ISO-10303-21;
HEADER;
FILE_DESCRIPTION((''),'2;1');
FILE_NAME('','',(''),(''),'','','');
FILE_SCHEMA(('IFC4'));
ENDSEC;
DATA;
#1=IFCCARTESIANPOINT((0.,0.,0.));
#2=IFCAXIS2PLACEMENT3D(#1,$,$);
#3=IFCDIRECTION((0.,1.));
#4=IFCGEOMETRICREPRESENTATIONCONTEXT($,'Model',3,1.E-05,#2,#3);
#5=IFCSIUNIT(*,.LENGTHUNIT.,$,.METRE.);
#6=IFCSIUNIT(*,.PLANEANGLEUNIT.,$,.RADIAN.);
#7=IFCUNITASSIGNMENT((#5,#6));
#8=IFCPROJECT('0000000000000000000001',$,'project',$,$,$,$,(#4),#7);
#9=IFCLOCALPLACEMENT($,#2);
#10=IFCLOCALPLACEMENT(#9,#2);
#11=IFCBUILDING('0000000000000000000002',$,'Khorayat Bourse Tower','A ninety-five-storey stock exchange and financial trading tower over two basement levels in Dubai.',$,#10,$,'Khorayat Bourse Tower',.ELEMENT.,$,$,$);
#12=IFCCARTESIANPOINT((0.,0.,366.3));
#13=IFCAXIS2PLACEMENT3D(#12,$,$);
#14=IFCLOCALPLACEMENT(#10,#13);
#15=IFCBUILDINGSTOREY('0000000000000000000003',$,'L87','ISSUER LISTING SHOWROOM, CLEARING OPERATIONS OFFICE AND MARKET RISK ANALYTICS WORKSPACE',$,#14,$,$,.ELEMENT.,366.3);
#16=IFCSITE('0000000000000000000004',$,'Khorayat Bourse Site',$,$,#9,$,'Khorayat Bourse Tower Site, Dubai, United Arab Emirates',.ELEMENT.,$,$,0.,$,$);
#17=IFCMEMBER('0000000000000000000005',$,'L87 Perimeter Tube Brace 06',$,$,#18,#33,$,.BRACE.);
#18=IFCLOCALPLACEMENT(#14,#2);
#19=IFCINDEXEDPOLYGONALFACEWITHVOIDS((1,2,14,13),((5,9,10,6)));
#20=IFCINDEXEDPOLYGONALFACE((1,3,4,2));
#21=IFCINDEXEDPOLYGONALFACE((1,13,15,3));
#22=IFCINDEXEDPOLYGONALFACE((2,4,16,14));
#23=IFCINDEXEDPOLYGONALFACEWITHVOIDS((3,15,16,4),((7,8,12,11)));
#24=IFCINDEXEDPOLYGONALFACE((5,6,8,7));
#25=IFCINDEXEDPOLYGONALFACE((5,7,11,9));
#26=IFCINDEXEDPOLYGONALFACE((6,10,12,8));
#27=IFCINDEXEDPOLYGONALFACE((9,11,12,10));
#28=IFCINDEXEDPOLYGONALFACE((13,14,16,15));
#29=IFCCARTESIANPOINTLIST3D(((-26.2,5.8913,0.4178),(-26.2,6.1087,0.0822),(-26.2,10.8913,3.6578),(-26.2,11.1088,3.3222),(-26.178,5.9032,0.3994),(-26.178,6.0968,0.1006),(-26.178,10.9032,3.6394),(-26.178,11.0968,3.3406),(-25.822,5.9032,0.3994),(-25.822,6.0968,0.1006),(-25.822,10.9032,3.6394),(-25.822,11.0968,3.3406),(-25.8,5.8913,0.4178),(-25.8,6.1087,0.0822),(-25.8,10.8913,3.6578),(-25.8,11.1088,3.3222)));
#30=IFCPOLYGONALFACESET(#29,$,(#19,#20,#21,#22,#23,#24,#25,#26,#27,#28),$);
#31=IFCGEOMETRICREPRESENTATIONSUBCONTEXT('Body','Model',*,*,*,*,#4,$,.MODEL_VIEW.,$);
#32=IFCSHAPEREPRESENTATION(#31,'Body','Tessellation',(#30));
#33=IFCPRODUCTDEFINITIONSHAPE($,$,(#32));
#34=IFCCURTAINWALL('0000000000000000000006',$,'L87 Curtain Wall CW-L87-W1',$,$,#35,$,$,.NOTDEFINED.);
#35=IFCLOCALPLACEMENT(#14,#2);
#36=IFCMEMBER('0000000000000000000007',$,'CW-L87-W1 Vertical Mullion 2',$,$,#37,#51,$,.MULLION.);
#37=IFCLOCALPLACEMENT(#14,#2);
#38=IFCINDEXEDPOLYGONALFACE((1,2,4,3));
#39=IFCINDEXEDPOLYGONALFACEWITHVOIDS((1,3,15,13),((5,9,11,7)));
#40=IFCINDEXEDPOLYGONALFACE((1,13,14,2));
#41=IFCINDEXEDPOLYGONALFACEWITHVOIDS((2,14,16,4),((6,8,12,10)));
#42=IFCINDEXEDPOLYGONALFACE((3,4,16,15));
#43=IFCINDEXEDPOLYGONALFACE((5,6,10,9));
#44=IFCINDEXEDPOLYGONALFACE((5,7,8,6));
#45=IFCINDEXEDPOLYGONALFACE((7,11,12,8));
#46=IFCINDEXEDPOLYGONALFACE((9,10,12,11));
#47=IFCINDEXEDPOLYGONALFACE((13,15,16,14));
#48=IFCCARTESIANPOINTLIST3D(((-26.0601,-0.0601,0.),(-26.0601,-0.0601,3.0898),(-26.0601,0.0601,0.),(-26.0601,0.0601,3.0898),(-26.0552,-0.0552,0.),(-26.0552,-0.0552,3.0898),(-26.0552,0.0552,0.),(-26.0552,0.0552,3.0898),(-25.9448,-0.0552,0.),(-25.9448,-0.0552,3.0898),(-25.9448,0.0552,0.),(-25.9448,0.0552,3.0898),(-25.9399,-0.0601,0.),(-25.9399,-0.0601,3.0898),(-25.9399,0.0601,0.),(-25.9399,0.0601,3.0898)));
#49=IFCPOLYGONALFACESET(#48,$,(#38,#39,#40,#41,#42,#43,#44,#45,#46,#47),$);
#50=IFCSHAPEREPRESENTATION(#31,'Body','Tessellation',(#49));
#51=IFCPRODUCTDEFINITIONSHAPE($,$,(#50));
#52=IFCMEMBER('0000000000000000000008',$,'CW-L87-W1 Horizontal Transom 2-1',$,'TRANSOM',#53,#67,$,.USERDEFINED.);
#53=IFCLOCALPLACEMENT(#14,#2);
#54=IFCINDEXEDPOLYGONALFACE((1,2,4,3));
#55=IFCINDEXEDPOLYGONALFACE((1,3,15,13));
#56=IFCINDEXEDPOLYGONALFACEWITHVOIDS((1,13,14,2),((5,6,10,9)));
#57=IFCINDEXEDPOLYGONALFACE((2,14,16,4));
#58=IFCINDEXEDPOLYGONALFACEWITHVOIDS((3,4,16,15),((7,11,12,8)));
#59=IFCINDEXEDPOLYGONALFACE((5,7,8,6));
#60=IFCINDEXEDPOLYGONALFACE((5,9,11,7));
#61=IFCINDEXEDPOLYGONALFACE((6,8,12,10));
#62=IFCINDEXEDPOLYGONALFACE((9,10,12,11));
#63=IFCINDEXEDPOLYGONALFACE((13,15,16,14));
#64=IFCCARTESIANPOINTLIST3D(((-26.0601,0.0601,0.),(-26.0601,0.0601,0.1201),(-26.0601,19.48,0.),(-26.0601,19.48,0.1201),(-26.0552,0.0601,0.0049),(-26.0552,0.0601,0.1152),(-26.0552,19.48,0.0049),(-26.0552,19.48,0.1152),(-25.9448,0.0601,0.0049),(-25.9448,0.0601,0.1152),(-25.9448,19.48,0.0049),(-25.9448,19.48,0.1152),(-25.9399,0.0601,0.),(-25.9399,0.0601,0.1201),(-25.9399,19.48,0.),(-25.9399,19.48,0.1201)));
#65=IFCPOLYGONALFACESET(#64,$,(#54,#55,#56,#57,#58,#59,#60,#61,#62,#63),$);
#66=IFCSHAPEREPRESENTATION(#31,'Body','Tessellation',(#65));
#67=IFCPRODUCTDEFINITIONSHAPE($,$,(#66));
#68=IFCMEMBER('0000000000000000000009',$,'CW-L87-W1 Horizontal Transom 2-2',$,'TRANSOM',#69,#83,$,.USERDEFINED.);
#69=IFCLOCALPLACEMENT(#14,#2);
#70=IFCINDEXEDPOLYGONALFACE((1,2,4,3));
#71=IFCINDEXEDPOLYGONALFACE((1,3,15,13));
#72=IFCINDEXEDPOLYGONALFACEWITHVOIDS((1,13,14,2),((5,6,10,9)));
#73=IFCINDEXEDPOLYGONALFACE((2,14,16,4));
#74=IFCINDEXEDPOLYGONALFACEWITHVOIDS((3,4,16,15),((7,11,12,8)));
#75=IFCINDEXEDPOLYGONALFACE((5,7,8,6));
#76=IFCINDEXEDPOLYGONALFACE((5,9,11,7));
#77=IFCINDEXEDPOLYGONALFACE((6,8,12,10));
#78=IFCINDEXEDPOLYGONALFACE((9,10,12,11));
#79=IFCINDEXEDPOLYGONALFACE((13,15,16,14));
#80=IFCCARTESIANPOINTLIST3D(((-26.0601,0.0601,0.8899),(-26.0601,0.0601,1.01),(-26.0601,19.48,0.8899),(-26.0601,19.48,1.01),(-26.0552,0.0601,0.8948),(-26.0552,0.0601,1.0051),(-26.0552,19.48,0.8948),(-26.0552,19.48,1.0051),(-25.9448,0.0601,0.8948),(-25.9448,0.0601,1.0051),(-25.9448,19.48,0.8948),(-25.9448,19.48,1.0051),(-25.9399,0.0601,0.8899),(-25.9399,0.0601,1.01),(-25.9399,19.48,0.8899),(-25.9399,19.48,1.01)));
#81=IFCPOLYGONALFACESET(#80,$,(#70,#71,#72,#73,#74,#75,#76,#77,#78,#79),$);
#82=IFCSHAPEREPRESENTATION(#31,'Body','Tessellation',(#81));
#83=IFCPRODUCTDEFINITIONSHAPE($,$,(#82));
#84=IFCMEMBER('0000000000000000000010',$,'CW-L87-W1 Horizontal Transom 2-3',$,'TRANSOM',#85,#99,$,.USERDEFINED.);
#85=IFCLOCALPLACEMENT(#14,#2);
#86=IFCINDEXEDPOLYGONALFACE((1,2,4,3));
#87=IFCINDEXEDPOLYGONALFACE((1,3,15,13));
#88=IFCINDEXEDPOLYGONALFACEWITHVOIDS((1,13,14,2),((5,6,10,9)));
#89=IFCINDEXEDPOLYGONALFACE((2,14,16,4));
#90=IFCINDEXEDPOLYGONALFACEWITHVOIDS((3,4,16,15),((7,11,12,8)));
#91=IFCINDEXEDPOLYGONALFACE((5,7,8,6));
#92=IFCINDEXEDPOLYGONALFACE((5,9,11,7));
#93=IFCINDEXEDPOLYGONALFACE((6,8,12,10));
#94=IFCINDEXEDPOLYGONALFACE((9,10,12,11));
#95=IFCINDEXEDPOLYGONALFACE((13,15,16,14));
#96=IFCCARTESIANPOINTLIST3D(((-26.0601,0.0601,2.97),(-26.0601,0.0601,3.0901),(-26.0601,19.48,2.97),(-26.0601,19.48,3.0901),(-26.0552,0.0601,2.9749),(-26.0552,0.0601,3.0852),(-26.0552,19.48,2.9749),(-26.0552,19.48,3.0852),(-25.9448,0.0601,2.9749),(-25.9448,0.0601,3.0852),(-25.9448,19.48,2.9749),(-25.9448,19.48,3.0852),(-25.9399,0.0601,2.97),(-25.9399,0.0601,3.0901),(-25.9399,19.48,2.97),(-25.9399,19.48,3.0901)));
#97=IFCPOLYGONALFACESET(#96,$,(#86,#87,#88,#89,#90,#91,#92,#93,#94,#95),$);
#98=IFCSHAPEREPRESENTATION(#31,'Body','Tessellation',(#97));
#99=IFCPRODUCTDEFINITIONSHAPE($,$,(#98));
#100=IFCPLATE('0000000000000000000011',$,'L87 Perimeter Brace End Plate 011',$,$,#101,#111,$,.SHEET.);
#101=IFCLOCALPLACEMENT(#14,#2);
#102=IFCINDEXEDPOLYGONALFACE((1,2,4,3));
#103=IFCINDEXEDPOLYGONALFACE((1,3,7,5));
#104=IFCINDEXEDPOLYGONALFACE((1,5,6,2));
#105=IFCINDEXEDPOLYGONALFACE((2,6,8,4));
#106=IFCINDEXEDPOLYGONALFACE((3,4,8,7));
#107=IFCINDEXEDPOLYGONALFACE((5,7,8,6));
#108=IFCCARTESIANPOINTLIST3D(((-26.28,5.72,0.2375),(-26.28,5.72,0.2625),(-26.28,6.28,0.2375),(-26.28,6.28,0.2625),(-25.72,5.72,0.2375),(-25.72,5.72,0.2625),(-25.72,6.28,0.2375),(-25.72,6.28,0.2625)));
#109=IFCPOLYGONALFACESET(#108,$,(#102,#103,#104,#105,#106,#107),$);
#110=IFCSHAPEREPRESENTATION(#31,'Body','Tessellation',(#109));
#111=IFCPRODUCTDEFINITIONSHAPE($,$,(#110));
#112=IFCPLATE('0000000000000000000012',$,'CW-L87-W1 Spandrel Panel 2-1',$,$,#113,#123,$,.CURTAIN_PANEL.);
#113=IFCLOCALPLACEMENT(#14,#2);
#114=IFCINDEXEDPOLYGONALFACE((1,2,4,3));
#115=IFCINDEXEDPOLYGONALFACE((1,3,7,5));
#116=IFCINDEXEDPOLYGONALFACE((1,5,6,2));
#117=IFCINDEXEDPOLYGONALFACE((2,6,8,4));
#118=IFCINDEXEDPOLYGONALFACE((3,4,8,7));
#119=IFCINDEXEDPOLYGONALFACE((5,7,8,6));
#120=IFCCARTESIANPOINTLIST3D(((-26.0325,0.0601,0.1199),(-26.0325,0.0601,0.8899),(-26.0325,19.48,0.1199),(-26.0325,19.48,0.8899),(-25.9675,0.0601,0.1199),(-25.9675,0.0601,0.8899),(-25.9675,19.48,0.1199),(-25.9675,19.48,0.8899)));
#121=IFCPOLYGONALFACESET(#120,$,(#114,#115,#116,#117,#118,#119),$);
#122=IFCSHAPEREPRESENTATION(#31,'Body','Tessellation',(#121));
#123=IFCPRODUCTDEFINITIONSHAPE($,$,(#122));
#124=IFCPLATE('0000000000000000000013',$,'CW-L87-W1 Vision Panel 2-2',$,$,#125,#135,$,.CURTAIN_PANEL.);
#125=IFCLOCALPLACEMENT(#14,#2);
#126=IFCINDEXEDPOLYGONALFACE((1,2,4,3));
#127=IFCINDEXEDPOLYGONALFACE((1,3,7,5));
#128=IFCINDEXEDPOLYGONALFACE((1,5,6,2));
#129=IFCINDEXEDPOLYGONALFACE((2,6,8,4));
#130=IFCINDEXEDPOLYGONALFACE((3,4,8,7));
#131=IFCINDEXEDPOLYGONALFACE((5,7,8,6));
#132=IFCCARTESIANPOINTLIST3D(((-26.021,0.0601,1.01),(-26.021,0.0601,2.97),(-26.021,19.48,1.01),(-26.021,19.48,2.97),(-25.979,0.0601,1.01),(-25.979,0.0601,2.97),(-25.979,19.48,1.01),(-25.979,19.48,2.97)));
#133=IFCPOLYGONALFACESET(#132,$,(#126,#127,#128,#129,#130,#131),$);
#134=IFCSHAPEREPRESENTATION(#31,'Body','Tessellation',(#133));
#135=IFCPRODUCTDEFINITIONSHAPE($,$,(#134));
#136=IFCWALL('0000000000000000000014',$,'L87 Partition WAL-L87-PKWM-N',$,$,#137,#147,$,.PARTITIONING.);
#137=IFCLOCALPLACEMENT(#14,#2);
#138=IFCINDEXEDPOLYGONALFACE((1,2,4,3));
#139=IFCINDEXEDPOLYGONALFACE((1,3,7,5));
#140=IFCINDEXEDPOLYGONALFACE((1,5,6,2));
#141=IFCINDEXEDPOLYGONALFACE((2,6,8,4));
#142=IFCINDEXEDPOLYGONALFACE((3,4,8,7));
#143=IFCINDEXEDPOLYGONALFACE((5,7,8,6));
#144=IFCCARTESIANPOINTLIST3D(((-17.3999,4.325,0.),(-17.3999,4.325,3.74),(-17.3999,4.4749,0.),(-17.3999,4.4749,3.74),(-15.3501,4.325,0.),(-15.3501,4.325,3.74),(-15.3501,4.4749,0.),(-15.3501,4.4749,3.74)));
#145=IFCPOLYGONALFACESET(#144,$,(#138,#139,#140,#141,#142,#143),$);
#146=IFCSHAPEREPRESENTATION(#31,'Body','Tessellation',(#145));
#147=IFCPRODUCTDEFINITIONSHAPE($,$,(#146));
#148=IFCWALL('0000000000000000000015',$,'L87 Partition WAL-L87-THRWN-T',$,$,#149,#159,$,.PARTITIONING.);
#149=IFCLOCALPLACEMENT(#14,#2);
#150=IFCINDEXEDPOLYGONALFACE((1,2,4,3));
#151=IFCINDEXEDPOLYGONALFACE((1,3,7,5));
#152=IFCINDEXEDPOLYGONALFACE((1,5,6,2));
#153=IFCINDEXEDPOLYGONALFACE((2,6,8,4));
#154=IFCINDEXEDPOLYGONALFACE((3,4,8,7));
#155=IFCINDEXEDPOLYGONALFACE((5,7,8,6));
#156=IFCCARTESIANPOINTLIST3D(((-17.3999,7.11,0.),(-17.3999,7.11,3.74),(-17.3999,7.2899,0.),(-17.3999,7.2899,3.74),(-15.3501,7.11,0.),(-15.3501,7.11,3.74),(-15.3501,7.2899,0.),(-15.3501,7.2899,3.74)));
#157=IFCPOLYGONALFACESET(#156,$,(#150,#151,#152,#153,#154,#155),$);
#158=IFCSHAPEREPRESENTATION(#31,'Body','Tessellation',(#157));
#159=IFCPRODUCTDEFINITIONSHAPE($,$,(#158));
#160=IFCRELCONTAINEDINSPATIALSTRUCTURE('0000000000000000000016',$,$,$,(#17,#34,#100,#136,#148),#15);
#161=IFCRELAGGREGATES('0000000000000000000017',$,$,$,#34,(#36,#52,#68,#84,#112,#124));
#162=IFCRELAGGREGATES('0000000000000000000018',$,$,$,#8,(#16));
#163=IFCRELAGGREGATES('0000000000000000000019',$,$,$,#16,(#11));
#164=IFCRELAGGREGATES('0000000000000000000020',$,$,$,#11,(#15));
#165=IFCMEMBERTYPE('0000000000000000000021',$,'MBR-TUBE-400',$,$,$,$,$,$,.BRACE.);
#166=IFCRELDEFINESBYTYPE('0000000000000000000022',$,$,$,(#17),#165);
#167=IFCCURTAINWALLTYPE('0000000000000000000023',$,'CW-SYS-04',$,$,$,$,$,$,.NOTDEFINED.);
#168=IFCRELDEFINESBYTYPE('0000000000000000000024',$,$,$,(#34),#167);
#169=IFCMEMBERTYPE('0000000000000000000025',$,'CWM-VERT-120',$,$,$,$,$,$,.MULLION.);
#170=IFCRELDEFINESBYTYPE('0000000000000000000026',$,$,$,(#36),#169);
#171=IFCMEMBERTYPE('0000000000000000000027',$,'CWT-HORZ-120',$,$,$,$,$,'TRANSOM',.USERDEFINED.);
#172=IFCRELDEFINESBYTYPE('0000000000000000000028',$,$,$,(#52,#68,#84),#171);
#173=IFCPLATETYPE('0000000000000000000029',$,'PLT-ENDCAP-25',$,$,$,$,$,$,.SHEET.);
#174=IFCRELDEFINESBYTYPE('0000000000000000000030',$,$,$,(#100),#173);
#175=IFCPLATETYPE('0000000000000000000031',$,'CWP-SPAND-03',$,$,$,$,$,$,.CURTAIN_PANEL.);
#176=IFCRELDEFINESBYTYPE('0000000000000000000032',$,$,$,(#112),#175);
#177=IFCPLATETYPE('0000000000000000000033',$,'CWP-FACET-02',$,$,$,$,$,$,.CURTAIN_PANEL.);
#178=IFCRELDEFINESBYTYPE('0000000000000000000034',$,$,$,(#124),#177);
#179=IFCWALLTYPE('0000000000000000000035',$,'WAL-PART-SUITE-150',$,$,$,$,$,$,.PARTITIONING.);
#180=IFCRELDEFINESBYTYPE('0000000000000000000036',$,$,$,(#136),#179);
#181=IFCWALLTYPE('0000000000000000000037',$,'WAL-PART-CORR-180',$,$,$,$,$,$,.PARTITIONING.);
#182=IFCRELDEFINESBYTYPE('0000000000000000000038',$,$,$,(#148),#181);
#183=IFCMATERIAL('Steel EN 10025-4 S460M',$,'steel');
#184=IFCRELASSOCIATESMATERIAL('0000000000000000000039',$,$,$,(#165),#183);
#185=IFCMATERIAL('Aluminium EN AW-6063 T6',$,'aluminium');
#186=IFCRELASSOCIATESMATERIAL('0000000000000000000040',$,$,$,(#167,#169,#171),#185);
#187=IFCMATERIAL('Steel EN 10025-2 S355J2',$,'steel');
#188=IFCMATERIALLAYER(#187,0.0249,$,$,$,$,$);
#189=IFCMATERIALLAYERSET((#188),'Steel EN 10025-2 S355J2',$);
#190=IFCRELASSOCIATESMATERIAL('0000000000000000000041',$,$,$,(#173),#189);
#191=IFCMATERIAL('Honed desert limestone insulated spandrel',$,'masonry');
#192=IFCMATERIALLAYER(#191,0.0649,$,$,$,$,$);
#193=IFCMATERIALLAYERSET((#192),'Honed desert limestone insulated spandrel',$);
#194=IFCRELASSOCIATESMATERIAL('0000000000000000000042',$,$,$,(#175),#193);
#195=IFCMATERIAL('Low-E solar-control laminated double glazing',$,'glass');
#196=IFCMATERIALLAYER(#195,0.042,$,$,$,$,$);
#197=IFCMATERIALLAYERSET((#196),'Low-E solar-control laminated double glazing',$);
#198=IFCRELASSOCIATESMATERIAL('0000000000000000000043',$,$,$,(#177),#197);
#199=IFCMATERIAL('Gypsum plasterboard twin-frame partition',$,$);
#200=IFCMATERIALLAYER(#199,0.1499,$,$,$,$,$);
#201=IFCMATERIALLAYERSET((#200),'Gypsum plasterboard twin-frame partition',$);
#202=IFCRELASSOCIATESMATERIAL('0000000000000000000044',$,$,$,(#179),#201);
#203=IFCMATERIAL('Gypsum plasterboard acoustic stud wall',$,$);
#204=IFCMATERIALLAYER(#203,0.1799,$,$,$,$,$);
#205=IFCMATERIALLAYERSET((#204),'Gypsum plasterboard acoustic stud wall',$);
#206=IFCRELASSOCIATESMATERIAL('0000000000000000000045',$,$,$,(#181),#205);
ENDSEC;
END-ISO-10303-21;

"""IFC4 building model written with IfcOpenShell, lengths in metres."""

from ifc_helpers import new_model, si_unit, direction, frame, frame_2d, origin, origin_2d, place, context, subcontext, project, spatial, rectangle, hollow_rectangle, extrude, source, transform, mapped, material, layer, layer_set, material_profile, profile_set, type_object, element, aggregate, save


model = new_model("IFC4")

# Units and contexts
model_context = context("Model", 3, precision=1e-05, world=origin(), true_north=direction((0.0, 1.0)))
body_context = subcontext(model_context, "Body", "Model", "MODEL_VIEW")
ifc_project = project(units=[si_unit("LENGTHUNIT", "METRE"), si_unit("PLANEANGLEUNIT", "RADIAN")], contexts=[model_context])

# Site, building, storey
site_placement = place(None, origin())
site = spatial("IfcSite", under=ifc_project, at=site_placement, Name="Khorayat Bourse Site", LongName="Khorayat Bourse Tower Site, Dubai, United Arab Emirates", CompositionType="ELEMENT", RefElevation=0.0)
building_placement = place(site_placement, origin())
building = spatial("IfcBuilding", under=site, at=building_placement, Name="Khorayat Bourse Tower", Description="A ninety-five-storey stock exchange and financial trading tower over two basement levels in Dubai.", LongName="Khorayat Bourse Tower", CompositionType="ELEMENT")
storey_placement = place(building_placement, frame((0.0, 0.0, 366.3)))
storey = spatial("IfcBuildingStorey", under=building, at=storey_placement, Name="L87", Description="ISSUER LISTING SHOWROOM, CLEARING OPERATIONS OFFICE AND MARKET RISK ANALYTICS WORKSPACE", CompositionType="ELEMENT", Elevation=366.3)

# Shared definitions
ifc_material_1 = material(Name="Steel EN 10025-2 S355J2", Category="steel")

# Member
ifc_material_2 = material(Name="Steel EN 10025-4 S460M", Category="steel")
ifc_material_profile_1 = material_profile(ifc_material_2, hollow_rectangle(XDim=0.3999, YDim=0.3999, WallThickness=0.022, at=origin_2d()), Name="HSS 400x400x22")
ifc_profile_set_1 = profile_set([ifc_material_profile_1], Name="Steel EN 10025-4 S460M")
member_type_1 = type_object("IfcMemberType", Name="MBR-TUBE-400", PredefinedType="BRACE", material=ifc_profile_set_1)
shared_shape_1 = source(origin(), body_context, "Body", "SweptSolid", [
    extrude(hollow_rectangle(XDim=0.3999, YDim=0.3999, WallThickness=0.022, at=origin_2d()), origin(), (0.0, 0.0, 1.0), 5.958),
])
member_1_placement = place(storey_placement, frame((-26.0, 6.0, 0.25), z_axis=(0.0, 0.83921, 0.543807), x_axis=(-1.0, 0.0, 0.0)))
element("IfcMember", 1, at=member_1_placement, inside=storey, type_object=member_type_1, Name="L87 Perimeter Tube Brace 06", PredefinedType="BRACE", context=body_context, shape_type="MappedRepresentation", body=[
    mapped(shared_shape_1, transform((0.0, 0.0, 0.0), scale=1.0)),
])

# Curtain wall, members
ifc_material_3 = material(Name="Aluminium EN AW-6063 T6", Category="aluminium")
curtain_wall_type = type_object("IfcCurtainWallType", Name="CW-SYS-04", PredefinedType="NOTDEFINED", material=ifc_material_3)
curtain_wall_placement = place(storey_placement, origin())
curtain_wall = element("IfcCurtainWall", 2, at=curtain_wall_placement, inside=storey, type_object=curtain_wall_type, Name="L87 Curtain Wall CW-L87-W1", PredefinedType="NOTDEFINED")
ifc_material_profile_2 = material_profile(ifc_material_3, hollow_rectangle(XDim=0.1201, YDim=0.1201, WallThickness=0.0049, at=origin_2d()), Name="ALU 120x120x5")
ifc_profile_set_2 = profile_set([ifc_material_profile_2], Name="Aluminium EN AW-6063 T6")
member_type_2 = type_object("IfcMemberType", Name="CWM-VERT-120", PredefinedType="MULLION", material=ifc_profile_set_2)
shared_shape_2 = source(origin(), body_context, "Body", "SweptSolid", [
    extrude(hollow_rectangle(XDim=0.1201, YDim=0.1201, WallThickness=0.0049, at=origin_2d()), origin(), (0.0, 0.0, 1.0), 3.0898),
])
member_2_placement = place(storey_placement, frame((-26.0, 0.0, 0.0), z_axis=(0.0, 0.0, 1.0), x_axis=(-1.0, 0.0, 0.0)))
member_2 = element("IfcMember", 3, at=member_2_placement, type_object=member_type_2, Name="CW-L87-W1 Vertical Mullion 2", PredefinedType="MULLION", context=body_context, shape_type="MappedRepresentation", body=[
    mapped(shared_shape_2, transform((0.0, 0.0, 0.0), scale=1.0)),
])
ifc_material_profile_3 = material_profile(ifc_material_3, hollow_rectangle(XDim=0.1201, YDim=0.1201, WallThickness=0.0049, at=origin_2d()), Name="ALU 120x120x5")
ifc_profile_set_3 = profile_set([ifc_material_profile_3], Name="Aluminium EN AW-6063 T6")
member_type_3 = type_object("IfcMemberType", Name="CWT-HORZ-120", ElementType="TRANSOM", PredefinedType="USERDEFINED", material=ifc_profile_set_3)
shared_shape_3 = source(origin(), body_context, "Body", "SweptSolid", [
    extrude(hollow_rectangle(XDim=0.1201, YDim=0.1201, WallThickness=0.0049, at=origin_2d()), origin(), (0.0, 0.0, 1.0), 19.4199),
])
member_3_placement = place(storey_placement, frame((-26.0, 0.0601, 0.0601), z_axis=(0.0, 1.0, 0.0), x_axis=(-1.0, 0.0, 0.0)))
member_3 = element("IfcMember", 4, at=member_3_placement, type_object=member_type_3, Name="CW-L87-W1 Horizontal Transom 2-1", ObjectType="TRANSOM", PredefinedType="USERDEFINED", context=body_context, shape_type="MappedRepresentation", body=[
    mapped(shared_shape_3, transform((0.0, 0.0, 0.0), scale=1.0)),
])
member_4_placement = place(storey_placement, frame((-26.0, 0.0601, 0.95), z_axis=(0.0, 1.0, 0.0), x_axis=(-1.0, 0.0, 0.0)))
member_4 = element("IfcMember", 5, at=member_4_placement, type_object=member_type_3, Name="CW-L87-W1 Horizontal Transom 2-2", ObjectType="TRANSOM", PredefinedType="USERDEFINED", context=body_context, shape_type="MappedRepresentation", body=[
    mapped(shared_shape_3, transform((0.0, 0.0, 0.0), scale=1.0)),
])
member_5_placement = place(storey_placement, frame((-26.0, 0.0601, 3.03), z_axis=(0.0, 1.0, 0.0), x_axis=(-1.0, 0.0, 0.0)))
member_5 = element("IfcMember", 6, at=member_5_placement, type_object=member_type_3, Name="CW-L87-W1 Horizontal Transom 2-3", ObjectType="TRANSOM", PredefinedType="USERDEFINED", context=body_context, shape_type="MappedRepresentation", body=[
    mapped(shared_shape_3, transform((0.0, 0.0, 0.0), scale=1.0)),
])

# Plates
ifc_layer_1 = layer(ifc_material_1, 0.0249)
ifc_layer_set_1 = layer_set([ifc_layer_1], Name="Steel EN 10025-2 S355J2")
plate_type_1 = type_object("IfcPlateType", Name="PLT-ENDCAP-25", PredefinedType="SHEET", material=ifc_layer_set_1)
shared_shape_4 = source(origin(), body_context, "Body", "SweptSolid", [
    extrude(rectangle(XDim=0.5601, YDim=0.5601, at=origin_2d()), origin(), (0.0, 0.0, 1.0), 0.0249),
])
plate_1_placement = place(storey_placement, frame((-26.0, 6.0, 0.2375), z_axis=(0.0, 0.0, 1.0), x_axis=(1.0, 0.0, 0.0)))
element("IfcPlate", 7, at=plate_1_placement, inside=storey, type_object=plate_type_1, Name="L87 Perimeter Brace End Plate 011", PredefinedType="SHEET", context=body_context, shape_type="MappedRepresentation", body=[
    mapped(shared_shape_4, transform((0.0, 0.0, 0.0), scale=1.0)),
])
ifc_material_4 = material(Name="Honed desert limestone insulated spandrel", Category="masonry")
ifc_layer_2 = layer(ifc_material_4, 0.0649)
ifc_layer_set_2 = layer_set([ifc_layer_2], Name="Honed desert limestone insulated spandrel")
plate_type_2 = type_object("IfcPlateType", Name="CWP-SPAND-03", PredefinedType="CURTAIN_PANEL", material=ifc_layer_set_2)
shared_shape_5 = source(origin(), body_context, "Body", "SweptSolid", [
    extrude(rectangle(XDim=19.4199, YDim=0.0649, at=origin_2d()), origin(), (0.0, 0.0, 1.0), 0.77),
])
plate_2_placement = place(storey_placement, frame((-26.0, 9.77, 0.1199), z_axis=(0.0, 0.0, 1.0), x_axis=(0.0, 1.0, 0.0)))
plate_2 = element("IfcPlate", 8, at=plate_2_placement, type_object=plate_type_2, Name="CW-L87-W1 Spandrel Panel 2-1", PredefinedType="CURTAIN_PANEL", context=body_context, shape_type="MappedRepresentation", body=[
    mapped(shared_shape_5, transform((0.0, 0.0, 0.0), scale=1.0)),
])
ifc_material_5 = material(Name="Low-E solar-control laminated double glazing", Category="glass")
ifc_layer_3 = layer(ifc_material_5, 0.042)
ifc_layer_set_3 = layer_set([ifc_layer_3], Name="Low-E solar-control laminated double glazing")
plate_type_3 = type_object("IfcPlateType", Name="CWP-FACET-02", PredefinedType="CURTAIN_PANEL", material=ifc_layer_set_3)
shared_shape_6 = source(origin(), body_context, "Body", "SweptSolid", [
    extrude(rectangle(XDim=19.4199, YDim=0.042, at=origin_2d()), origin(), (0.0, 0.0, 1.0), 1.96),
])
plate_3_placement = place(storey_placement, frame((-26.0, 9.77, 1.01), z_axis=(0.0, 0.0, 1.0), x_axis=(0.0, 1.0, 0.0)))
plate_3 = element("IfcPlate", 9, at=plate_3_placement, type_object=plate_type_3, Name="CW-L87-W1 Vision Panel 2-2", PredefinedType="CURTAIN_PANEL", context=body_context, shape_type="MappedRepresentation", body=[
    mapped(shared_shape_6, transform((0.0, 0.0, 0.0), scale=1.0)),
])
aggregate(curtain_wall, [member_2, member_3, member_4, member_5, plate_2, plate_3])

# Walls
ifc_material_6 = material(Name="Gypsum plasterboard twin-frame partition")
ifc_layer_4 = layer(ifc_material_6, 0.1499)
ifc_layer_set_4 = layer_set([ifc_layer_4], Name="Gypsum plasterboard twin-frame partition")
wall_type_1 = type_object("IfcWallType", Name="WAL-PART-SUITE-150", PredefinedType="PARTITIONING", material=ifc_layer_set_4)
shared_shape_7 = source(origin(), body_context, "Body", "SweptSolid", [
    extrude(rectangle(XDim=2.0498, YDim=0.1499, at=frame_2d((1.0249, 0.0))), origin(), (0.0, 0.0, 1.0), 3.74),
])
wall_1_placement = place(storey_placement, frame((-17.3999, 4.3999, 0.0), z_axis=(0.0, 0.0, 1.0), x_axis=(1.0, 0.0, 0.0)))
element("IfcWall", 10, at=wall_1_placement, inside=storey, type_object=wall_type_1, Name="L87 Partition WAL-L87-PKWM-N", PredefinedType="PARTITIONING", context=body_context, shape_type="MappedRepresentation", body=[
    mapped(shared_shape_7, transform((0.0, 0.0, 0.0), scale=1.0)),
])
ifc_material_7 = material(Name="Gypsum plasterboard acoustic stud wall")
ifc_layer_5 = layer(ifc_material_7, 0.1799)
ifc_layer_set_5 = layer_set([ifc_layer_5], Name="Gypsum plasterboard acoustic stud wall")
wall_type_2 = type_object("IfcWallType", Name="WAL-PART-CORR-180", PredefinedType="PARTITIONING", material=ifc_layer_set_5)
shared_shape_8 = source(origin(), body_context, "Body", "SweptSolid", [
    extrude(rectangle(XDim=2.0498, YDim=0.1799, at=frame_2d((1.0249, 0.0))), origin(), (0.0, 0.0, 1.0), 3.74),
])
wall_2_placement = place(storey_placement, frame((-17.3999, 7.2, 0.0), z_axis=(0.0, 0.0, 1.0), x_axis=(1.0, 0.0, 0.0)))
element("IfcWall", 11, at=wall_2_placement, inside=storey, type_object=wall_type_2, Name="L87 Partition WAL-L87-THRWN-T", PredefinedType="PARTITIONING", context=body_context, shape_type="MappedRepresentation", body=[
    mapped(shared_shape_8, transform((0.0, 0.0, 0.0), scale=1.0)),
])

save(model, "model.ifc")
